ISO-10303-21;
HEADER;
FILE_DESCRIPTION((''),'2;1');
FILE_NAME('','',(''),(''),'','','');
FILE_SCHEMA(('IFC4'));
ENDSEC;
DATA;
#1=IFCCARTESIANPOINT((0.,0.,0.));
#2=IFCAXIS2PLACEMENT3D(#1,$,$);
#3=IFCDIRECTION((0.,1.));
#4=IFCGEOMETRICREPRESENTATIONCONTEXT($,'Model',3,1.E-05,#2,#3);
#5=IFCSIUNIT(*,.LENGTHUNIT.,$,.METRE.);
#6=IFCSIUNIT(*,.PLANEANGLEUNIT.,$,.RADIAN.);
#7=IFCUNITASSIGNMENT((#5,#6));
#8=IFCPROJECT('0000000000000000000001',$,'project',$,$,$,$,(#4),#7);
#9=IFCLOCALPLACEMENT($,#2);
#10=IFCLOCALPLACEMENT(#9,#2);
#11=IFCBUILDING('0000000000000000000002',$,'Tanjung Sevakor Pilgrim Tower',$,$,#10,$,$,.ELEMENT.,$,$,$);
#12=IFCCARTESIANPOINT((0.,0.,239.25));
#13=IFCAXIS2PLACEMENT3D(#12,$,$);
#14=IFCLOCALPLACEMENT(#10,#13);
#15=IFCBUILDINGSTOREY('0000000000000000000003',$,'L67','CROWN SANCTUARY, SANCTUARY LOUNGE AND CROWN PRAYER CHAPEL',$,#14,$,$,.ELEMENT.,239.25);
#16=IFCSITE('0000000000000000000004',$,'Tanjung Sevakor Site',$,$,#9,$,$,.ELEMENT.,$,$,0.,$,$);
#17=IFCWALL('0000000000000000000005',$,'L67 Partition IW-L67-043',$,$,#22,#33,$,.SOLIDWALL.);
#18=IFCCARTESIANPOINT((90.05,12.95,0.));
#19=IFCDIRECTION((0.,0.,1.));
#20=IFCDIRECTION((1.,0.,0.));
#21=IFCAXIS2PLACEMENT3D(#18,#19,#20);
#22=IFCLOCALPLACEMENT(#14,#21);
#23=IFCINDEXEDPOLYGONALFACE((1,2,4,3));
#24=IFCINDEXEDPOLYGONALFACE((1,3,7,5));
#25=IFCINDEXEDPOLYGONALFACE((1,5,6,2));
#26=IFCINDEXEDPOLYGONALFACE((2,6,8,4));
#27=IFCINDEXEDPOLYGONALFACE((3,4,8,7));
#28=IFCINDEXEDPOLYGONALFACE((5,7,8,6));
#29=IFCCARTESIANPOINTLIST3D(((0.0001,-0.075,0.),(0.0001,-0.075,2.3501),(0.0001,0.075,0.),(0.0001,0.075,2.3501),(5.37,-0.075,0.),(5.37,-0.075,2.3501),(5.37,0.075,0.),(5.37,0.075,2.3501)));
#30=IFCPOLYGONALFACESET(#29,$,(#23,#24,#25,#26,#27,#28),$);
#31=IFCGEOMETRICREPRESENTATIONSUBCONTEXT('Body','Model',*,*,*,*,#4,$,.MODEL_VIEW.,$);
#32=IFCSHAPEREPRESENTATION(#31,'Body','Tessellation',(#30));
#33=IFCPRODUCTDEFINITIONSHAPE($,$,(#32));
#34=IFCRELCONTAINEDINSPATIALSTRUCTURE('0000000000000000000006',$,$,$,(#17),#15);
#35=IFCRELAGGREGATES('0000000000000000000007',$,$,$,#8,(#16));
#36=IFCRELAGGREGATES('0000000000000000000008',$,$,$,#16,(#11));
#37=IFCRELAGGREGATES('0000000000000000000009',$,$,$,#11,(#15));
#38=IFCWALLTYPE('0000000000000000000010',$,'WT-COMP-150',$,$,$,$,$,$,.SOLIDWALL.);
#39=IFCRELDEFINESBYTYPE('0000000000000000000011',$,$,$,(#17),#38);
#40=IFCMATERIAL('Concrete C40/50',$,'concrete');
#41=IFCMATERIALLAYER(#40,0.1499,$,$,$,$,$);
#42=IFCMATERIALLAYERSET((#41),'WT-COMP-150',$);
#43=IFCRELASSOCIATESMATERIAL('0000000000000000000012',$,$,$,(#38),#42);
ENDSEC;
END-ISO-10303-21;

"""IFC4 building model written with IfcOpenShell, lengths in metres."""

from ifc_helpers import new_model, si_unit, direction, frame, frame_2d, origin, place, context, subcontext, project, spatial, rectangle, extrude, material, layer, layer_set, type_object, element, save


model = new_model("IFC4")

# Units and contexts
model_context = context("Model", 3, precision=1e-05, world=origin(), true_north=direction((0.0, 1.0)))
body_context = subcontext(model_context, "Body", "Model", "MODEL_VIEW")
ifc_project = project(units=[si_unit("LENGTHUNIT", "METRE"), si_unit("PLANEANGLEUNIT", "RADIAN")], contexts=[model_context])

# Site, building, storey
site_placement = place(None, origin())
site = spatial("IfcSite", under=ifc_project, at=site_placement, Name="Tanjung Sevakor Site", CompositionType="ELEMENT", RefElevation=0.0)
building_placement = place(site_placement, origin())
building = spatial("IfcBuilding", under=site, at=building_placement, Name="Tanjung Sevakor Pilgrim Tower", CompositionType="ELEMENT")
storey_placement = place(building_placement, frame((0.0, 0.0, 239.25)))
storey = spatial("IfcBuildingStorey", under=building, at=storey_placement, Name="L67", Description="CROWN SANCTUARY, SANCTUARY LOUNGE AND CROWN PRAYER CHAPEL", CompositionType="ELEMENT", Elevation=239.25)

# Shared definitions
ifc_material_1 = material(Name="Concrete C40/50", Category="concrete")
ifc_layer_1 = layer(ifc_material_1, 0.1499)
ifc_layer_set_1 = layer_set([ifc_layer_1], Name="WT-COMP-150")
wall_type_1 = type_object("IfcWallType", Name="WT-COMP-150", PredefinedType="SOLIDWALL", material=ifc_layer_set_1)

# Wall
wall_1_placement = place(storey_placement, frame((90.05, 12.95, 0.0), z_axis=(0.0, 0.0, 1.0), x_axis=(1.0, 0.0, 0.0)))
element("IfcWall", 1, at=wall_1_placement, inside=storey, type_object=wall_type_1, Name="L67 Partition IW-L67-043", PredefinedType="SOLIDWALL", context=body_context, shape_type="SweptSolid", body=[
    extrude(rectangle(XDim=5.3699, YDim=0.1499, at=frame_2d((2.6851, 0.0))), origin(), (0.0, 0.0, 1.0), 2.3501),
])

save(model, "model.ifc")
